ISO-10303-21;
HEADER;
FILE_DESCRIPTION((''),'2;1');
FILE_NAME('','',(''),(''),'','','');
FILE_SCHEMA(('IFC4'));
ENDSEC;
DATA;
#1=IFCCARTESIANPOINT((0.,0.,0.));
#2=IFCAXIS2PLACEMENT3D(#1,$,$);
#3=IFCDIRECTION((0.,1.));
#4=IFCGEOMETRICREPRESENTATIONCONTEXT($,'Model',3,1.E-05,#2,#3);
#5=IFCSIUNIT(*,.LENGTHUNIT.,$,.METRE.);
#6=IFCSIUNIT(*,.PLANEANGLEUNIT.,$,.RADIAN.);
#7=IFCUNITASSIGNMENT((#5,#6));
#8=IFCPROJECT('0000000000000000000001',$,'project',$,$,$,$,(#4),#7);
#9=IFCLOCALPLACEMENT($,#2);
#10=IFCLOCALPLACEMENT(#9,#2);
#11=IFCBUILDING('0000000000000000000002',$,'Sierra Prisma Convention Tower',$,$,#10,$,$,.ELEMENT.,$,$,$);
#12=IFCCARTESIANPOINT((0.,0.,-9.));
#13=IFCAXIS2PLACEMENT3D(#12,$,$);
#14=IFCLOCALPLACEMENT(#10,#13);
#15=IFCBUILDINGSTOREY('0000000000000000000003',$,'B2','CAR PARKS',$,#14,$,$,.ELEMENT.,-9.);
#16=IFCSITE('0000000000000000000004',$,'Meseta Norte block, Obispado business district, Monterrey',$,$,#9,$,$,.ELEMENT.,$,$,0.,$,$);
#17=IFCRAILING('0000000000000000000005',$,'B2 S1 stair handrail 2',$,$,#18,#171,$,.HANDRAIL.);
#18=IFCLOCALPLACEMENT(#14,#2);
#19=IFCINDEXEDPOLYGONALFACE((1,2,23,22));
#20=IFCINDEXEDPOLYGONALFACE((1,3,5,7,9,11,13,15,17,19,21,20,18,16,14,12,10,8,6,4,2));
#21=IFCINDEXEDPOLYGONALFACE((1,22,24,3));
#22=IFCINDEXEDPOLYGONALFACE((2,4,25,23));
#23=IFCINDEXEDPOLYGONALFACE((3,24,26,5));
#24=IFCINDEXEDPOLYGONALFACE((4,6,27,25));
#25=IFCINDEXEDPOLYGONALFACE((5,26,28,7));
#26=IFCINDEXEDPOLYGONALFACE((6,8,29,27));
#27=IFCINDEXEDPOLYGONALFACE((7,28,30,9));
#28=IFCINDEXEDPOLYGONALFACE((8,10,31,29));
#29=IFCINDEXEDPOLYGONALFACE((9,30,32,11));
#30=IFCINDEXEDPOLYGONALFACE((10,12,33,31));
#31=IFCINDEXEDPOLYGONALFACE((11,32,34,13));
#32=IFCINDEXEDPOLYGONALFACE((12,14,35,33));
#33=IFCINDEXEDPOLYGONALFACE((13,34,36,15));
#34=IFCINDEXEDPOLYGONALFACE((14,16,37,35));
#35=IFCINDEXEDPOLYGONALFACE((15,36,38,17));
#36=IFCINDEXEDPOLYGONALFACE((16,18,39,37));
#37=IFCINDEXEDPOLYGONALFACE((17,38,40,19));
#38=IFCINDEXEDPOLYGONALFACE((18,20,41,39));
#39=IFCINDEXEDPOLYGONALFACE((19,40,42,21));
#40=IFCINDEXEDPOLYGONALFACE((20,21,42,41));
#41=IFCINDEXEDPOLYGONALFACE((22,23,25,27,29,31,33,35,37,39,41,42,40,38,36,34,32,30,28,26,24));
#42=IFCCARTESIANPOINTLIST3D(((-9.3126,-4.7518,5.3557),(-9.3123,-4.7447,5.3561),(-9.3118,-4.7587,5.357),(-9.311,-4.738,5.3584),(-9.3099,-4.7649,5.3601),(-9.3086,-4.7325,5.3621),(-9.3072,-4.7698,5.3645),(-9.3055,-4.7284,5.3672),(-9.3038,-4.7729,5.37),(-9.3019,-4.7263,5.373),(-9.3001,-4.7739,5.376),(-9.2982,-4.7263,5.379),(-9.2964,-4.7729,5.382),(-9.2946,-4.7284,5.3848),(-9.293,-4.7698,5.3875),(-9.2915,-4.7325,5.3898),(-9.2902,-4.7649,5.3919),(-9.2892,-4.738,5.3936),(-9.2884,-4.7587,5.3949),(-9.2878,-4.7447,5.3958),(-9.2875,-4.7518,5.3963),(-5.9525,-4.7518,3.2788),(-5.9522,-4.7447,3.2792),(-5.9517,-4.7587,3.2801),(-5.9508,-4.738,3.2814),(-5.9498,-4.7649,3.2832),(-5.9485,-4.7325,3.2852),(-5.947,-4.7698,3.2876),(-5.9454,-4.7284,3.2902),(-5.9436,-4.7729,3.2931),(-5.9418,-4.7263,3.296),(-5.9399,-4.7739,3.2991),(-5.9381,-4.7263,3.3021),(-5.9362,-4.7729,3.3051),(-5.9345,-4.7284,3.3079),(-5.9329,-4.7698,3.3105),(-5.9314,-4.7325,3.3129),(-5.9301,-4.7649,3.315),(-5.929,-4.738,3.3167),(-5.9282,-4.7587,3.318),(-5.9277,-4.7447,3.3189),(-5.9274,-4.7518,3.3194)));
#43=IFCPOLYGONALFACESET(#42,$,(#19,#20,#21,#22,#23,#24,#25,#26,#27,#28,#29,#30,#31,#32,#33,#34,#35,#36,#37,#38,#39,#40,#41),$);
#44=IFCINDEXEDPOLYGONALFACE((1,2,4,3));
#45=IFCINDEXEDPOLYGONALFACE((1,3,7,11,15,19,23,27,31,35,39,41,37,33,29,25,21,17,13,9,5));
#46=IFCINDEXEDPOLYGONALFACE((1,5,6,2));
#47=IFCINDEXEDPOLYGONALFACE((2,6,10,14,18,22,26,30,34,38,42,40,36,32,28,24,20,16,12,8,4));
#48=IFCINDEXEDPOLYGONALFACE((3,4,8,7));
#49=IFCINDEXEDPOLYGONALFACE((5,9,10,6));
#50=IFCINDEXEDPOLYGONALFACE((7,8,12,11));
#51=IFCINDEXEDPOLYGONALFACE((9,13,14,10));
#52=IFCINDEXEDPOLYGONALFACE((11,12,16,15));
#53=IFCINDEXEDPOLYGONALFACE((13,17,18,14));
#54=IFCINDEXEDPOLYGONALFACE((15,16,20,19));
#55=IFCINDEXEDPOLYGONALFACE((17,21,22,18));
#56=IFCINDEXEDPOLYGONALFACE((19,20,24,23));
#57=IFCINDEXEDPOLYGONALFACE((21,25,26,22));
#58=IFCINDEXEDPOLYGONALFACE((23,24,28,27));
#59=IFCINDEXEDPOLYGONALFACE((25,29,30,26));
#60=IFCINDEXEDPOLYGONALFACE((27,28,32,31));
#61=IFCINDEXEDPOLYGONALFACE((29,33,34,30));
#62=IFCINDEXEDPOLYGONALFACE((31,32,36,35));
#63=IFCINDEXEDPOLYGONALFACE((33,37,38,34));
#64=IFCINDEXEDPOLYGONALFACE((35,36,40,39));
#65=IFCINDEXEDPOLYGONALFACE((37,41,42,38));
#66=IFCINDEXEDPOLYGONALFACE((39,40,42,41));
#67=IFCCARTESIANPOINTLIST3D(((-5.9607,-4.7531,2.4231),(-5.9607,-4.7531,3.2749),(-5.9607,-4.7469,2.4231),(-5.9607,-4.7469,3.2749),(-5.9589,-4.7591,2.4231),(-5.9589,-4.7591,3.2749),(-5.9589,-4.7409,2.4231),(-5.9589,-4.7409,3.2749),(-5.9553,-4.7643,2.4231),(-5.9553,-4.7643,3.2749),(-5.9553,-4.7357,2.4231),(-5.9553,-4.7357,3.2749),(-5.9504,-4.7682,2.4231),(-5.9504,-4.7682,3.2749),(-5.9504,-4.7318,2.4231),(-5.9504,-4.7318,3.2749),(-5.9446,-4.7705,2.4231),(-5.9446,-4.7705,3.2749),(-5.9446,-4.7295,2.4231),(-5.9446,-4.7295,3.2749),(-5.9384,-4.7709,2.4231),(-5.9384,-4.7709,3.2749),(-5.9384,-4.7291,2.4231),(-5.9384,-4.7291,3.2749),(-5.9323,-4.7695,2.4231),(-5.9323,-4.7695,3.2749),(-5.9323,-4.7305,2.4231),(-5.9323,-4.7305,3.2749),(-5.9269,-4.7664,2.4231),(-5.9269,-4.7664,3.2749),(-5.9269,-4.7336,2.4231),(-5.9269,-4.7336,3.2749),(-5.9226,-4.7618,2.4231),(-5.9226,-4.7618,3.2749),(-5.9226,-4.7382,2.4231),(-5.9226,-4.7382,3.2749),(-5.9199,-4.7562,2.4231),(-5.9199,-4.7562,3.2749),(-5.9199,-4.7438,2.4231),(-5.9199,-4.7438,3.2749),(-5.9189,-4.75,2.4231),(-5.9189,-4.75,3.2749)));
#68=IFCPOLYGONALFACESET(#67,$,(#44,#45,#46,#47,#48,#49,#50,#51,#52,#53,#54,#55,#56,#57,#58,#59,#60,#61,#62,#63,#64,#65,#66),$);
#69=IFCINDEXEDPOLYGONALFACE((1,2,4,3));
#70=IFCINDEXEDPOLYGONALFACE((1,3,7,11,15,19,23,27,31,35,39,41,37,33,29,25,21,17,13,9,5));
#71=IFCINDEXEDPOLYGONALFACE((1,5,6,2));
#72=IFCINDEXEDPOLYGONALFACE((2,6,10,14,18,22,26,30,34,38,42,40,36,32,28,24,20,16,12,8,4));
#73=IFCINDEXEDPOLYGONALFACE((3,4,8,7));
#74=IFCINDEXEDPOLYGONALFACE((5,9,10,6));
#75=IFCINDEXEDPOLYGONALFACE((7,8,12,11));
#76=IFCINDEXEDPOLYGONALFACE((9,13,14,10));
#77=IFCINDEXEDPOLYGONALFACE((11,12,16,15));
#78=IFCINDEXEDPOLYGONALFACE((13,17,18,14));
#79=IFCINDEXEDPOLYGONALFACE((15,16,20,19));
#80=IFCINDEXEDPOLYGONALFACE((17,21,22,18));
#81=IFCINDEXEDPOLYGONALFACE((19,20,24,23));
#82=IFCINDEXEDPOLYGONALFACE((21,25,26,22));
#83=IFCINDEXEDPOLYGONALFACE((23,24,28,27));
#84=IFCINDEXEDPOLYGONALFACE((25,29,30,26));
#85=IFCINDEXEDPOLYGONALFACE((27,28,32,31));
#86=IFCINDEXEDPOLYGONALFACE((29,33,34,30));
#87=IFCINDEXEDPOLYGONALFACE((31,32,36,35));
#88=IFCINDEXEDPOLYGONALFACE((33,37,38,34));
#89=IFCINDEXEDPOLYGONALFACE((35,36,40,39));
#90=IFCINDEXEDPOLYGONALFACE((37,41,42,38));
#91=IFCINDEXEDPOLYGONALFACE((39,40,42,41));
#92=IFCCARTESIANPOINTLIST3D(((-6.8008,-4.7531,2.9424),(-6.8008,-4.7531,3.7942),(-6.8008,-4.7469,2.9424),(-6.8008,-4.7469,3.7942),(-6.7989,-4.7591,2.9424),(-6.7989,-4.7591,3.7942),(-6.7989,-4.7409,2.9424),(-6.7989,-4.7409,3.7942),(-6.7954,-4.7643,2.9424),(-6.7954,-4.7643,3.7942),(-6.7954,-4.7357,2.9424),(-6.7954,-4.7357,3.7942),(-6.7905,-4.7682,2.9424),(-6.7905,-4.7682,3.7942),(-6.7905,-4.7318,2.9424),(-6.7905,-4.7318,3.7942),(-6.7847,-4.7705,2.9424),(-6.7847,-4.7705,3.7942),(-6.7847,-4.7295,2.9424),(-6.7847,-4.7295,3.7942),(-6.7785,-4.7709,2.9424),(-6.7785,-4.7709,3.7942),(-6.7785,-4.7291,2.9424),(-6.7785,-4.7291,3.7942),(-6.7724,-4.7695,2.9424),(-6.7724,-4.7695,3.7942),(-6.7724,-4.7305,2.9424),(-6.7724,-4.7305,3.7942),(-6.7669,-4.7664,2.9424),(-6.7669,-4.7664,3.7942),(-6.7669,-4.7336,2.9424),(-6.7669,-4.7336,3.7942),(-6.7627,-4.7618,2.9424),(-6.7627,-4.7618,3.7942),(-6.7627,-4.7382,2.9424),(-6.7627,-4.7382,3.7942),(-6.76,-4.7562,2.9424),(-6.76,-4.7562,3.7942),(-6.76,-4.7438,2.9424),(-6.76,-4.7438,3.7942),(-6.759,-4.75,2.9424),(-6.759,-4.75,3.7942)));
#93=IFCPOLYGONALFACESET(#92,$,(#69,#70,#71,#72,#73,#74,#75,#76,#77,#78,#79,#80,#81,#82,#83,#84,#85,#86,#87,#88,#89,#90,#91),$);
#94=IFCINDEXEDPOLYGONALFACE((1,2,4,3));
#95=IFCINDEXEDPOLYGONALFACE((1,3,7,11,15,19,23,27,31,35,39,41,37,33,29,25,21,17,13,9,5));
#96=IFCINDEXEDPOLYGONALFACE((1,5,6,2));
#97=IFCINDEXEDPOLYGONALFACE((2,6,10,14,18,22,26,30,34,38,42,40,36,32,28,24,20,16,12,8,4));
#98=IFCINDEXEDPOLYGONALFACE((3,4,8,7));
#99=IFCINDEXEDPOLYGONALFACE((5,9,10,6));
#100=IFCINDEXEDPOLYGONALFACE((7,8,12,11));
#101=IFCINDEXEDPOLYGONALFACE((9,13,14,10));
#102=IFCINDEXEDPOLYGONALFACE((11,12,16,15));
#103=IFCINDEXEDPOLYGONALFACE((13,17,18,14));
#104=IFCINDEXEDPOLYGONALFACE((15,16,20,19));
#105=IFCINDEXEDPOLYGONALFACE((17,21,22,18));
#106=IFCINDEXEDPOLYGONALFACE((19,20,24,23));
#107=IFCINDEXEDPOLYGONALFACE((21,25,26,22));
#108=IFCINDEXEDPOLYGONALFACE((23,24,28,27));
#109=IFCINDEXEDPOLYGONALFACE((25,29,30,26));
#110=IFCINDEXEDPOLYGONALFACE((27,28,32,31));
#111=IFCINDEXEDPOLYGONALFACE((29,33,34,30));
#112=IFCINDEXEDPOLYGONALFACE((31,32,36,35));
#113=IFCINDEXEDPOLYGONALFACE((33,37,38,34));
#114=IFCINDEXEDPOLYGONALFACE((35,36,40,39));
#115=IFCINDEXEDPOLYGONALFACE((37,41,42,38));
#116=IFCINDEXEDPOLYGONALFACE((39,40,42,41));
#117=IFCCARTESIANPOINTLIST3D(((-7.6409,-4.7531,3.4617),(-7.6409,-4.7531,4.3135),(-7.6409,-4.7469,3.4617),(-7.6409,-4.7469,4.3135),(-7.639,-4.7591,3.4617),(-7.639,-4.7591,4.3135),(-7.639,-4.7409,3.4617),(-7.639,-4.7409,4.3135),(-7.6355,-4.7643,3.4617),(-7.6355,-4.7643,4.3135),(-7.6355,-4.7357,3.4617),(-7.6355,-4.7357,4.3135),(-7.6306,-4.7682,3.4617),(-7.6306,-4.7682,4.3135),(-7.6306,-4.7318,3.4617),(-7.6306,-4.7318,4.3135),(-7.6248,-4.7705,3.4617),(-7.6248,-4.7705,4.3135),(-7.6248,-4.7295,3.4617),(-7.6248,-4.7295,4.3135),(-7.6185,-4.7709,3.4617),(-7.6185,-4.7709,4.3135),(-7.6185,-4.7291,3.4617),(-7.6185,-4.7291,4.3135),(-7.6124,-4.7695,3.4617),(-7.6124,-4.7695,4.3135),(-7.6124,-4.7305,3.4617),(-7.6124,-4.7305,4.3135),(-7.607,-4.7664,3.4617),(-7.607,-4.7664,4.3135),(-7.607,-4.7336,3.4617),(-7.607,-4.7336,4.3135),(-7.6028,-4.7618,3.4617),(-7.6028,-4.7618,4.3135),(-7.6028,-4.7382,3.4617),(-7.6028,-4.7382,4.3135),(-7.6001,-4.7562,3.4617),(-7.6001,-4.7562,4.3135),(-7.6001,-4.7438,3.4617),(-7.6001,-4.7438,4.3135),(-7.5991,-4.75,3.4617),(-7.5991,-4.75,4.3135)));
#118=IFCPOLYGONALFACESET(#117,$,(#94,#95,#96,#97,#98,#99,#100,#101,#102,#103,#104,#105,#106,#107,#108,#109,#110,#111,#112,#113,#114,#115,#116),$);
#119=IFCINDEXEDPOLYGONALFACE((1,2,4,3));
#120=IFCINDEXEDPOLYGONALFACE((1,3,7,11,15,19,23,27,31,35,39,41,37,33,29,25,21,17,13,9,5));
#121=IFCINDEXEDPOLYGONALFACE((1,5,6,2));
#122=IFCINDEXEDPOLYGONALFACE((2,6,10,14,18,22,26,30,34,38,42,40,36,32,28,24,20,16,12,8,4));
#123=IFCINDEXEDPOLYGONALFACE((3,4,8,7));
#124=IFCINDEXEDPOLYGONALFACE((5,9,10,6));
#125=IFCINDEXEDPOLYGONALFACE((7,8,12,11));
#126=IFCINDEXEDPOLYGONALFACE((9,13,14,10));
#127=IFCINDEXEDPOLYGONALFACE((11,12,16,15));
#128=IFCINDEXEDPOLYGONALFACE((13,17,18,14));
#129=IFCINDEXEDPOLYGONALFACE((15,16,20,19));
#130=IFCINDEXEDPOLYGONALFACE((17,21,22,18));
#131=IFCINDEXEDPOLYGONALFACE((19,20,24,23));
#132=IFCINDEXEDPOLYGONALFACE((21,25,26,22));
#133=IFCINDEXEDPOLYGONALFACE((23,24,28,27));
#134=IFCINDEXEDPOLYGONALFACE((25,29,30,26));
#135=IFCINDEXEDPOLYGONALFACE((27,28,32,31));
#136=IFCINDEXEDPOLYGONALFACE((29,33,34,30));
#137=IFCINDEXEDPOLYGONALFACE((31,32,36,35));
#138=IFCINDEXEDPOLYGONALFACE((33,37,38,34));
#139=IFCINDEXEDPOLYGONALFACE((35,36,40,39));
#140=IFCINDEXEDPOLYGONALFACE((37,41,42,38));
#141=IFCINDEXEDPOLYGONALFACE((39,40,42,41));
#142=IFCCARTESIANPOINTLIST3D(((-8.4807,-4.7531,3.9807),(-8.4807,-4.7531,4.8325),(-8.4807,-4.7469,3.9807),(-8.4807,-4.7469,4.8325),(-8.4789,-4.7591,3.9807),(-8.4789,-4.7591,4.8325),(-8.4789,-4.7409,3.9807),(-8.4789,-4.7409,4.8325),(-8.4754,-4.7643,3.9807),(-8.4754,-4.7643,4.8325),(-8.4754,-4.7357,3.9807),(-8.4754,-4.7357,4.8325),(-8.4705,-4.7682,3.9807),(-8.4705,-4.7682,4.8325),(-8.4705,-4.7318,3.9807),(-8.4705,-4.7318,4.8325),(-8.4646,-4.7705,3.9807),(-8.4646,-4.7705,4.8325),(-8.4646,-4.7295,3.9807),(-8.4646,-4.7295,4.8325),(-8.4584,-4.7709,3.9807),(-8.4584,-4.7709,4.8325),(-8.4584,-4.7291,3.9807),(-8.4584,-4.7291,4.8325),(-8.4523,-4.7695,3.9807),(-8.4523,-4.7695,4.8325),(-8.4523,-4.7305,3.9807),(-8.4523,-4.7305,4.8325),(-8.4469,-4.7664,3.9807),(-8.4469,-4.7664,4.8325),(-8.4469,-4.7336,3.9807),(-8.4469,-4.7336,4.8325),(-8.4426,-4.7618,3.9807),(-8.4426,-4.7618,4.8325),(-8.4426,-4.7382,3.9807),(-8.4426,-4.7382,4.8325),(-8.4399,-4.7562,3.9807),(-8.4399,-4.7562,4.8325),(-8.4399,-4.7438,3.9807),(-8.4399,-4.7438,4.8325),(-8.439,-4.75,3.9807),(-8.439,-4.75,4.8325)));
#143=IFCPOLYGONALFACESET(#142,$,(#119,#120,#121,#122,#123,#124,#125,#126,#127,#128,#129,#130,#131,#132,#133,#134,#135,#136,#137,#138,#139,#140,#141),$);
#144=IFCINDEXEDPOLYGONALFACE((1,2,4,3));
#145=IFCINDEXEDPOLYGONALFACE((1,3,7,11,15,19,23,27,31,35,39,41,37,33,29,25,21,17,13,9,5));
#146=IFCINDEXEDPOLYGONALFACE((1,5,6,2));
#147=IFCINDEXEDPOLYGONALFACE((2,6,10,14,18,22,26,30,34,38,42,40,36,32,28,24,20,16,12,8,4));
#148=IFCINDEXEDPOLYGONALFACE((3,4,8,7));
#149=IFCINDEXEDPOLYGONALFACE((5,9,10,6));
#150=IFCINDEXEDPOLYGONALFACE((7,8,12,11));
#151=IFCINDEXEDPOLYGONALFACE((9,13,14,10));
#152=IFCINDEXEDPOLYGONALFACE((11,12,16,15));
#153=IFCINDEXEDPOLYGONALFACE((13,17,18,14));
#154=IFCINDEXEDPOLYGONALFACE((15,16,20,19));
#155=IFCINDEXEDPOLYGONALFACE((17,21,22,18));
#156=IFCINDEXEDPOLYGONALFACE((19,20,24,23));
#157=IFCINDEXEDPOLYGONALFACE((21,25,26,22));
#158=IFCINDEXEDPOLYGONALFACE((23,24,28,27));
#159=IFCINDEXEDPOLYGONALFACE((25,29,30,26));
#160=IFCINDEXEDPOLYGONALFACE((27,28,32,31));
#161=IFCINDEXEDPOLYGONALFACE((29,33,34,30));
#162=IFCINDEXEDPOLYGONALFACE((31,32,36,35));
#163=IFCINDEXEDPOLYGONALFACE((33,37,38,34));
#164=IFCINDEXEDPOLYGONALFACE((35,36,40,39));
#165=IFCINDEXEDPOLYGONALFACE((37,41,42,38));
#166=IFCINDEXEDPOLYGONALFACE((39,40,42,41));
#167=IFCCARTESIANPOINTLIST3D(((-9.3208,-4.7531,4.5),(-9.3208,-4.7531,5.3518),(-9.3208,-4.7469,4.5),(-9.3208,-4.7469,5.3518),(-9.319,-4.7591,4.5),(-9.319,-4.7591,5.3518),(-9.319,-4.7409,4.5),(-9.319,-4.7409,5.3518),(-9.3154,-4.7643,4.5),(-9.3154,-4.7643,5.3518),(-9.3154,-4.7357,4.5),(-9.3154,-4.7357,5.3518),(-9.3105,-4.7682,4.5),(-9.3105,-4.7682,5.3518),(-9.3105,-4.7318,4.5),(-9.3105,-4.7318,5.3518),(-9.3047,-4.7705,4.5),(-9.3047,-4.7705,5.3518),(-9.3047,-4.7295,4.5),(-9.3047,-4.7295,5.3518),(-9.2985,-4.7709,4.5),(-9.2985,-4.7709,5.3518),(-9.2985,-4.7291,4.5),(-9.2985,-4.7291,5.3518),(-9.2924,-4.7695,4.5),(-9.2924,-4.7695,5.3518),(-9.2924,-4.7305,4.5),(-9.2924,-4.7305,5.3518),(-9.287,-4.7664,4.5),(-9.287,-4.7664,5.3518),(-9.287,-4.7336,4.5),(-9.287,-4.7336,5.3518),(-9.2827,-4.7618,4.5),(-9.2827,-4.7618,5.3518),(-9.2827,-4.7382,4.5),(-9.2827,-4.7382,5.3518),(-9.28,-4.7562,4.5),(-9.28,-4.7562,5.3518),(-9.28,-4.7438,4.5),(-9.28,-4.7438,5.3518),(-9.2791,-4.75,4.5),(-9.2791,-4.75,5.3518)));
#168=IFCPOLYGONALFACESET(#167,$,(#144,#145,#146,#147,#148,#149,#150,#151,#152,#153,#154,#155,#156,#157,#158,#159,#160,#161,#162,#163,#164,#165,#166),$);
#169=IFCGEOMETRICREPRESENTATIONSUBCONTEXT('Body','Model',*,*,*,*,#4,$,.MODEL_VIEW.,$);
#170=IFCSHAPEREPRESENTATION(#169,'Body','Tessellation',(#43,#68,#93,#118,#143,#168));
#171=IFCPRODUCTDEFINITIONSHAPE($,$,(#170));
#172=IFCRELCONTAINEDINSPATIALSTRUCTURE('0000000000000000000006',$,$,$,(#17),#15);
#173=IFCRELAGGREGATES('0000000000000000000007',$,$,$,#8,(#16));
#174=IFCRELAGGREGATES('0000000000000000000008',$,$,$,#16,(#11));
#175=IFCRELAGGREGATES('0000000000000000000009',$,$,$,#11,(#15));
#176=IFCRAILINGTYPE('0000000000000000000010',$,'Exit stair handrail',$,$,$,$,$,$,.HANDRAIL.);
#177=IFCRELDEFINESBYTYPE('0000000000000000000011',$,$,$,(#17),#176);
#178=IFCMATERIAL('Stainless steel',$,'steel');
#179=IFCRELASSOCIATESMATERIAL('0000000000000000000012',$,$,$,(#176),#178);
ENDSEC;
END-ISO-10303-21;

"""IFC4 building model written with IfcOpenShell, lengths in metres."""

from ifc_helpers import new_model, si_unit, direction, frame, origin, origin_2d, place, context, subcontext, project, spatial, circle, extrude, material, type_object, element, save


model = new_model("IFC4")

# Units and contexts
model_context = context("Model", 3, precision=1e-05, world=origin(), true_north=direction((0.0, 1.0)))
body_context = subcontext(model_context, "Body", "Model", "MODEL_VIEW")
ifc_project = project(units=[si_unit("LENGTHUNIT", "METRE"), si_unit("PLANEANGLEUNIT", "RADIAN")], contexts=[model_context])

# Site, building, storey
site_placement = place(None, origin())
site = spatial("IfcSite", under=ifc_project, at=site_placement, Name="Meseta Norte block, Obispado business district, Monterrey", CompositionType="ELEMENT", RefElevation=0.0)
building_placement = place(site_placement, origin())
building = spatial("IfcBuilding", under=site, at=building_placement, Name="Sierra Prisma Convention Tower", CompositionType="ELEMENT")
storey_placement = place(building_placement, frame((0.0, 0.0, -9.0)))
storey = spatial("IfcBuildingStorey", under=building, at=storey_placement, Name="B2", Description="CAR PARKS", CompositionType="ELEMENT", Elevation=-9.0)

# Railing
ifc_material_1 = material(Name="Stainless steel", Category="steel")
railing_type_1 = type_object("IfcRailingType", Name="Exit stair handrail", PredefinedType="HANDRAIL", material=ifc_material_1)
railing_1_placement = place(storey_placement, frame((-5.9399, -4.75, 2.4231)))
element("IfcRailing", 1, at=railing_1_placement, inside=storey, type_object=railing_type_1, Name="B2 S1 stair handrail 2", PredefinedType="HANDRAIL", context=body_context, shape_type="SweptSolid", body=[
    extrude(circle(Radius=0.0239, at=origin_2d()), frame((0.0, 0.0, 0.876), z_axis=(-0.850623, 0.0, 0.525776), x_axis=(0.0, -1.0, 0.0)), (0.0, 0.0, 1.0), 3.9502),
    extrude(circle(Radius=0.021, at=origin_2d()), origin(), (0.0, 0.0, 1.0), 0.8518),
    extrude(circle(Radius=0.021, at=origin_2d()), frame((-0.8401, 0.0, 0.5193)), (0.0, 0.0, 1.0), 0.8518),
    extrude(circle(Radius=0.021, at=origin_2d()), frame((-1.6802, 0.0, 1.0386)), (0.0, 0.0, 1.0), 0.8518),
    extrude(circle(Radius=0.021, at=origin_2d()), frame((-2.52, 0.0, 1.5576)), (0.0, 0.0, 1.0), 0.8518),
    extrude(circle(Radius=0.021, at=origin_2d()), frame((-3.3601, 0.0, 2.0769)), (0.0, 0.0, 1.0), 0.8518),
])

save(model, "model.ifc")
